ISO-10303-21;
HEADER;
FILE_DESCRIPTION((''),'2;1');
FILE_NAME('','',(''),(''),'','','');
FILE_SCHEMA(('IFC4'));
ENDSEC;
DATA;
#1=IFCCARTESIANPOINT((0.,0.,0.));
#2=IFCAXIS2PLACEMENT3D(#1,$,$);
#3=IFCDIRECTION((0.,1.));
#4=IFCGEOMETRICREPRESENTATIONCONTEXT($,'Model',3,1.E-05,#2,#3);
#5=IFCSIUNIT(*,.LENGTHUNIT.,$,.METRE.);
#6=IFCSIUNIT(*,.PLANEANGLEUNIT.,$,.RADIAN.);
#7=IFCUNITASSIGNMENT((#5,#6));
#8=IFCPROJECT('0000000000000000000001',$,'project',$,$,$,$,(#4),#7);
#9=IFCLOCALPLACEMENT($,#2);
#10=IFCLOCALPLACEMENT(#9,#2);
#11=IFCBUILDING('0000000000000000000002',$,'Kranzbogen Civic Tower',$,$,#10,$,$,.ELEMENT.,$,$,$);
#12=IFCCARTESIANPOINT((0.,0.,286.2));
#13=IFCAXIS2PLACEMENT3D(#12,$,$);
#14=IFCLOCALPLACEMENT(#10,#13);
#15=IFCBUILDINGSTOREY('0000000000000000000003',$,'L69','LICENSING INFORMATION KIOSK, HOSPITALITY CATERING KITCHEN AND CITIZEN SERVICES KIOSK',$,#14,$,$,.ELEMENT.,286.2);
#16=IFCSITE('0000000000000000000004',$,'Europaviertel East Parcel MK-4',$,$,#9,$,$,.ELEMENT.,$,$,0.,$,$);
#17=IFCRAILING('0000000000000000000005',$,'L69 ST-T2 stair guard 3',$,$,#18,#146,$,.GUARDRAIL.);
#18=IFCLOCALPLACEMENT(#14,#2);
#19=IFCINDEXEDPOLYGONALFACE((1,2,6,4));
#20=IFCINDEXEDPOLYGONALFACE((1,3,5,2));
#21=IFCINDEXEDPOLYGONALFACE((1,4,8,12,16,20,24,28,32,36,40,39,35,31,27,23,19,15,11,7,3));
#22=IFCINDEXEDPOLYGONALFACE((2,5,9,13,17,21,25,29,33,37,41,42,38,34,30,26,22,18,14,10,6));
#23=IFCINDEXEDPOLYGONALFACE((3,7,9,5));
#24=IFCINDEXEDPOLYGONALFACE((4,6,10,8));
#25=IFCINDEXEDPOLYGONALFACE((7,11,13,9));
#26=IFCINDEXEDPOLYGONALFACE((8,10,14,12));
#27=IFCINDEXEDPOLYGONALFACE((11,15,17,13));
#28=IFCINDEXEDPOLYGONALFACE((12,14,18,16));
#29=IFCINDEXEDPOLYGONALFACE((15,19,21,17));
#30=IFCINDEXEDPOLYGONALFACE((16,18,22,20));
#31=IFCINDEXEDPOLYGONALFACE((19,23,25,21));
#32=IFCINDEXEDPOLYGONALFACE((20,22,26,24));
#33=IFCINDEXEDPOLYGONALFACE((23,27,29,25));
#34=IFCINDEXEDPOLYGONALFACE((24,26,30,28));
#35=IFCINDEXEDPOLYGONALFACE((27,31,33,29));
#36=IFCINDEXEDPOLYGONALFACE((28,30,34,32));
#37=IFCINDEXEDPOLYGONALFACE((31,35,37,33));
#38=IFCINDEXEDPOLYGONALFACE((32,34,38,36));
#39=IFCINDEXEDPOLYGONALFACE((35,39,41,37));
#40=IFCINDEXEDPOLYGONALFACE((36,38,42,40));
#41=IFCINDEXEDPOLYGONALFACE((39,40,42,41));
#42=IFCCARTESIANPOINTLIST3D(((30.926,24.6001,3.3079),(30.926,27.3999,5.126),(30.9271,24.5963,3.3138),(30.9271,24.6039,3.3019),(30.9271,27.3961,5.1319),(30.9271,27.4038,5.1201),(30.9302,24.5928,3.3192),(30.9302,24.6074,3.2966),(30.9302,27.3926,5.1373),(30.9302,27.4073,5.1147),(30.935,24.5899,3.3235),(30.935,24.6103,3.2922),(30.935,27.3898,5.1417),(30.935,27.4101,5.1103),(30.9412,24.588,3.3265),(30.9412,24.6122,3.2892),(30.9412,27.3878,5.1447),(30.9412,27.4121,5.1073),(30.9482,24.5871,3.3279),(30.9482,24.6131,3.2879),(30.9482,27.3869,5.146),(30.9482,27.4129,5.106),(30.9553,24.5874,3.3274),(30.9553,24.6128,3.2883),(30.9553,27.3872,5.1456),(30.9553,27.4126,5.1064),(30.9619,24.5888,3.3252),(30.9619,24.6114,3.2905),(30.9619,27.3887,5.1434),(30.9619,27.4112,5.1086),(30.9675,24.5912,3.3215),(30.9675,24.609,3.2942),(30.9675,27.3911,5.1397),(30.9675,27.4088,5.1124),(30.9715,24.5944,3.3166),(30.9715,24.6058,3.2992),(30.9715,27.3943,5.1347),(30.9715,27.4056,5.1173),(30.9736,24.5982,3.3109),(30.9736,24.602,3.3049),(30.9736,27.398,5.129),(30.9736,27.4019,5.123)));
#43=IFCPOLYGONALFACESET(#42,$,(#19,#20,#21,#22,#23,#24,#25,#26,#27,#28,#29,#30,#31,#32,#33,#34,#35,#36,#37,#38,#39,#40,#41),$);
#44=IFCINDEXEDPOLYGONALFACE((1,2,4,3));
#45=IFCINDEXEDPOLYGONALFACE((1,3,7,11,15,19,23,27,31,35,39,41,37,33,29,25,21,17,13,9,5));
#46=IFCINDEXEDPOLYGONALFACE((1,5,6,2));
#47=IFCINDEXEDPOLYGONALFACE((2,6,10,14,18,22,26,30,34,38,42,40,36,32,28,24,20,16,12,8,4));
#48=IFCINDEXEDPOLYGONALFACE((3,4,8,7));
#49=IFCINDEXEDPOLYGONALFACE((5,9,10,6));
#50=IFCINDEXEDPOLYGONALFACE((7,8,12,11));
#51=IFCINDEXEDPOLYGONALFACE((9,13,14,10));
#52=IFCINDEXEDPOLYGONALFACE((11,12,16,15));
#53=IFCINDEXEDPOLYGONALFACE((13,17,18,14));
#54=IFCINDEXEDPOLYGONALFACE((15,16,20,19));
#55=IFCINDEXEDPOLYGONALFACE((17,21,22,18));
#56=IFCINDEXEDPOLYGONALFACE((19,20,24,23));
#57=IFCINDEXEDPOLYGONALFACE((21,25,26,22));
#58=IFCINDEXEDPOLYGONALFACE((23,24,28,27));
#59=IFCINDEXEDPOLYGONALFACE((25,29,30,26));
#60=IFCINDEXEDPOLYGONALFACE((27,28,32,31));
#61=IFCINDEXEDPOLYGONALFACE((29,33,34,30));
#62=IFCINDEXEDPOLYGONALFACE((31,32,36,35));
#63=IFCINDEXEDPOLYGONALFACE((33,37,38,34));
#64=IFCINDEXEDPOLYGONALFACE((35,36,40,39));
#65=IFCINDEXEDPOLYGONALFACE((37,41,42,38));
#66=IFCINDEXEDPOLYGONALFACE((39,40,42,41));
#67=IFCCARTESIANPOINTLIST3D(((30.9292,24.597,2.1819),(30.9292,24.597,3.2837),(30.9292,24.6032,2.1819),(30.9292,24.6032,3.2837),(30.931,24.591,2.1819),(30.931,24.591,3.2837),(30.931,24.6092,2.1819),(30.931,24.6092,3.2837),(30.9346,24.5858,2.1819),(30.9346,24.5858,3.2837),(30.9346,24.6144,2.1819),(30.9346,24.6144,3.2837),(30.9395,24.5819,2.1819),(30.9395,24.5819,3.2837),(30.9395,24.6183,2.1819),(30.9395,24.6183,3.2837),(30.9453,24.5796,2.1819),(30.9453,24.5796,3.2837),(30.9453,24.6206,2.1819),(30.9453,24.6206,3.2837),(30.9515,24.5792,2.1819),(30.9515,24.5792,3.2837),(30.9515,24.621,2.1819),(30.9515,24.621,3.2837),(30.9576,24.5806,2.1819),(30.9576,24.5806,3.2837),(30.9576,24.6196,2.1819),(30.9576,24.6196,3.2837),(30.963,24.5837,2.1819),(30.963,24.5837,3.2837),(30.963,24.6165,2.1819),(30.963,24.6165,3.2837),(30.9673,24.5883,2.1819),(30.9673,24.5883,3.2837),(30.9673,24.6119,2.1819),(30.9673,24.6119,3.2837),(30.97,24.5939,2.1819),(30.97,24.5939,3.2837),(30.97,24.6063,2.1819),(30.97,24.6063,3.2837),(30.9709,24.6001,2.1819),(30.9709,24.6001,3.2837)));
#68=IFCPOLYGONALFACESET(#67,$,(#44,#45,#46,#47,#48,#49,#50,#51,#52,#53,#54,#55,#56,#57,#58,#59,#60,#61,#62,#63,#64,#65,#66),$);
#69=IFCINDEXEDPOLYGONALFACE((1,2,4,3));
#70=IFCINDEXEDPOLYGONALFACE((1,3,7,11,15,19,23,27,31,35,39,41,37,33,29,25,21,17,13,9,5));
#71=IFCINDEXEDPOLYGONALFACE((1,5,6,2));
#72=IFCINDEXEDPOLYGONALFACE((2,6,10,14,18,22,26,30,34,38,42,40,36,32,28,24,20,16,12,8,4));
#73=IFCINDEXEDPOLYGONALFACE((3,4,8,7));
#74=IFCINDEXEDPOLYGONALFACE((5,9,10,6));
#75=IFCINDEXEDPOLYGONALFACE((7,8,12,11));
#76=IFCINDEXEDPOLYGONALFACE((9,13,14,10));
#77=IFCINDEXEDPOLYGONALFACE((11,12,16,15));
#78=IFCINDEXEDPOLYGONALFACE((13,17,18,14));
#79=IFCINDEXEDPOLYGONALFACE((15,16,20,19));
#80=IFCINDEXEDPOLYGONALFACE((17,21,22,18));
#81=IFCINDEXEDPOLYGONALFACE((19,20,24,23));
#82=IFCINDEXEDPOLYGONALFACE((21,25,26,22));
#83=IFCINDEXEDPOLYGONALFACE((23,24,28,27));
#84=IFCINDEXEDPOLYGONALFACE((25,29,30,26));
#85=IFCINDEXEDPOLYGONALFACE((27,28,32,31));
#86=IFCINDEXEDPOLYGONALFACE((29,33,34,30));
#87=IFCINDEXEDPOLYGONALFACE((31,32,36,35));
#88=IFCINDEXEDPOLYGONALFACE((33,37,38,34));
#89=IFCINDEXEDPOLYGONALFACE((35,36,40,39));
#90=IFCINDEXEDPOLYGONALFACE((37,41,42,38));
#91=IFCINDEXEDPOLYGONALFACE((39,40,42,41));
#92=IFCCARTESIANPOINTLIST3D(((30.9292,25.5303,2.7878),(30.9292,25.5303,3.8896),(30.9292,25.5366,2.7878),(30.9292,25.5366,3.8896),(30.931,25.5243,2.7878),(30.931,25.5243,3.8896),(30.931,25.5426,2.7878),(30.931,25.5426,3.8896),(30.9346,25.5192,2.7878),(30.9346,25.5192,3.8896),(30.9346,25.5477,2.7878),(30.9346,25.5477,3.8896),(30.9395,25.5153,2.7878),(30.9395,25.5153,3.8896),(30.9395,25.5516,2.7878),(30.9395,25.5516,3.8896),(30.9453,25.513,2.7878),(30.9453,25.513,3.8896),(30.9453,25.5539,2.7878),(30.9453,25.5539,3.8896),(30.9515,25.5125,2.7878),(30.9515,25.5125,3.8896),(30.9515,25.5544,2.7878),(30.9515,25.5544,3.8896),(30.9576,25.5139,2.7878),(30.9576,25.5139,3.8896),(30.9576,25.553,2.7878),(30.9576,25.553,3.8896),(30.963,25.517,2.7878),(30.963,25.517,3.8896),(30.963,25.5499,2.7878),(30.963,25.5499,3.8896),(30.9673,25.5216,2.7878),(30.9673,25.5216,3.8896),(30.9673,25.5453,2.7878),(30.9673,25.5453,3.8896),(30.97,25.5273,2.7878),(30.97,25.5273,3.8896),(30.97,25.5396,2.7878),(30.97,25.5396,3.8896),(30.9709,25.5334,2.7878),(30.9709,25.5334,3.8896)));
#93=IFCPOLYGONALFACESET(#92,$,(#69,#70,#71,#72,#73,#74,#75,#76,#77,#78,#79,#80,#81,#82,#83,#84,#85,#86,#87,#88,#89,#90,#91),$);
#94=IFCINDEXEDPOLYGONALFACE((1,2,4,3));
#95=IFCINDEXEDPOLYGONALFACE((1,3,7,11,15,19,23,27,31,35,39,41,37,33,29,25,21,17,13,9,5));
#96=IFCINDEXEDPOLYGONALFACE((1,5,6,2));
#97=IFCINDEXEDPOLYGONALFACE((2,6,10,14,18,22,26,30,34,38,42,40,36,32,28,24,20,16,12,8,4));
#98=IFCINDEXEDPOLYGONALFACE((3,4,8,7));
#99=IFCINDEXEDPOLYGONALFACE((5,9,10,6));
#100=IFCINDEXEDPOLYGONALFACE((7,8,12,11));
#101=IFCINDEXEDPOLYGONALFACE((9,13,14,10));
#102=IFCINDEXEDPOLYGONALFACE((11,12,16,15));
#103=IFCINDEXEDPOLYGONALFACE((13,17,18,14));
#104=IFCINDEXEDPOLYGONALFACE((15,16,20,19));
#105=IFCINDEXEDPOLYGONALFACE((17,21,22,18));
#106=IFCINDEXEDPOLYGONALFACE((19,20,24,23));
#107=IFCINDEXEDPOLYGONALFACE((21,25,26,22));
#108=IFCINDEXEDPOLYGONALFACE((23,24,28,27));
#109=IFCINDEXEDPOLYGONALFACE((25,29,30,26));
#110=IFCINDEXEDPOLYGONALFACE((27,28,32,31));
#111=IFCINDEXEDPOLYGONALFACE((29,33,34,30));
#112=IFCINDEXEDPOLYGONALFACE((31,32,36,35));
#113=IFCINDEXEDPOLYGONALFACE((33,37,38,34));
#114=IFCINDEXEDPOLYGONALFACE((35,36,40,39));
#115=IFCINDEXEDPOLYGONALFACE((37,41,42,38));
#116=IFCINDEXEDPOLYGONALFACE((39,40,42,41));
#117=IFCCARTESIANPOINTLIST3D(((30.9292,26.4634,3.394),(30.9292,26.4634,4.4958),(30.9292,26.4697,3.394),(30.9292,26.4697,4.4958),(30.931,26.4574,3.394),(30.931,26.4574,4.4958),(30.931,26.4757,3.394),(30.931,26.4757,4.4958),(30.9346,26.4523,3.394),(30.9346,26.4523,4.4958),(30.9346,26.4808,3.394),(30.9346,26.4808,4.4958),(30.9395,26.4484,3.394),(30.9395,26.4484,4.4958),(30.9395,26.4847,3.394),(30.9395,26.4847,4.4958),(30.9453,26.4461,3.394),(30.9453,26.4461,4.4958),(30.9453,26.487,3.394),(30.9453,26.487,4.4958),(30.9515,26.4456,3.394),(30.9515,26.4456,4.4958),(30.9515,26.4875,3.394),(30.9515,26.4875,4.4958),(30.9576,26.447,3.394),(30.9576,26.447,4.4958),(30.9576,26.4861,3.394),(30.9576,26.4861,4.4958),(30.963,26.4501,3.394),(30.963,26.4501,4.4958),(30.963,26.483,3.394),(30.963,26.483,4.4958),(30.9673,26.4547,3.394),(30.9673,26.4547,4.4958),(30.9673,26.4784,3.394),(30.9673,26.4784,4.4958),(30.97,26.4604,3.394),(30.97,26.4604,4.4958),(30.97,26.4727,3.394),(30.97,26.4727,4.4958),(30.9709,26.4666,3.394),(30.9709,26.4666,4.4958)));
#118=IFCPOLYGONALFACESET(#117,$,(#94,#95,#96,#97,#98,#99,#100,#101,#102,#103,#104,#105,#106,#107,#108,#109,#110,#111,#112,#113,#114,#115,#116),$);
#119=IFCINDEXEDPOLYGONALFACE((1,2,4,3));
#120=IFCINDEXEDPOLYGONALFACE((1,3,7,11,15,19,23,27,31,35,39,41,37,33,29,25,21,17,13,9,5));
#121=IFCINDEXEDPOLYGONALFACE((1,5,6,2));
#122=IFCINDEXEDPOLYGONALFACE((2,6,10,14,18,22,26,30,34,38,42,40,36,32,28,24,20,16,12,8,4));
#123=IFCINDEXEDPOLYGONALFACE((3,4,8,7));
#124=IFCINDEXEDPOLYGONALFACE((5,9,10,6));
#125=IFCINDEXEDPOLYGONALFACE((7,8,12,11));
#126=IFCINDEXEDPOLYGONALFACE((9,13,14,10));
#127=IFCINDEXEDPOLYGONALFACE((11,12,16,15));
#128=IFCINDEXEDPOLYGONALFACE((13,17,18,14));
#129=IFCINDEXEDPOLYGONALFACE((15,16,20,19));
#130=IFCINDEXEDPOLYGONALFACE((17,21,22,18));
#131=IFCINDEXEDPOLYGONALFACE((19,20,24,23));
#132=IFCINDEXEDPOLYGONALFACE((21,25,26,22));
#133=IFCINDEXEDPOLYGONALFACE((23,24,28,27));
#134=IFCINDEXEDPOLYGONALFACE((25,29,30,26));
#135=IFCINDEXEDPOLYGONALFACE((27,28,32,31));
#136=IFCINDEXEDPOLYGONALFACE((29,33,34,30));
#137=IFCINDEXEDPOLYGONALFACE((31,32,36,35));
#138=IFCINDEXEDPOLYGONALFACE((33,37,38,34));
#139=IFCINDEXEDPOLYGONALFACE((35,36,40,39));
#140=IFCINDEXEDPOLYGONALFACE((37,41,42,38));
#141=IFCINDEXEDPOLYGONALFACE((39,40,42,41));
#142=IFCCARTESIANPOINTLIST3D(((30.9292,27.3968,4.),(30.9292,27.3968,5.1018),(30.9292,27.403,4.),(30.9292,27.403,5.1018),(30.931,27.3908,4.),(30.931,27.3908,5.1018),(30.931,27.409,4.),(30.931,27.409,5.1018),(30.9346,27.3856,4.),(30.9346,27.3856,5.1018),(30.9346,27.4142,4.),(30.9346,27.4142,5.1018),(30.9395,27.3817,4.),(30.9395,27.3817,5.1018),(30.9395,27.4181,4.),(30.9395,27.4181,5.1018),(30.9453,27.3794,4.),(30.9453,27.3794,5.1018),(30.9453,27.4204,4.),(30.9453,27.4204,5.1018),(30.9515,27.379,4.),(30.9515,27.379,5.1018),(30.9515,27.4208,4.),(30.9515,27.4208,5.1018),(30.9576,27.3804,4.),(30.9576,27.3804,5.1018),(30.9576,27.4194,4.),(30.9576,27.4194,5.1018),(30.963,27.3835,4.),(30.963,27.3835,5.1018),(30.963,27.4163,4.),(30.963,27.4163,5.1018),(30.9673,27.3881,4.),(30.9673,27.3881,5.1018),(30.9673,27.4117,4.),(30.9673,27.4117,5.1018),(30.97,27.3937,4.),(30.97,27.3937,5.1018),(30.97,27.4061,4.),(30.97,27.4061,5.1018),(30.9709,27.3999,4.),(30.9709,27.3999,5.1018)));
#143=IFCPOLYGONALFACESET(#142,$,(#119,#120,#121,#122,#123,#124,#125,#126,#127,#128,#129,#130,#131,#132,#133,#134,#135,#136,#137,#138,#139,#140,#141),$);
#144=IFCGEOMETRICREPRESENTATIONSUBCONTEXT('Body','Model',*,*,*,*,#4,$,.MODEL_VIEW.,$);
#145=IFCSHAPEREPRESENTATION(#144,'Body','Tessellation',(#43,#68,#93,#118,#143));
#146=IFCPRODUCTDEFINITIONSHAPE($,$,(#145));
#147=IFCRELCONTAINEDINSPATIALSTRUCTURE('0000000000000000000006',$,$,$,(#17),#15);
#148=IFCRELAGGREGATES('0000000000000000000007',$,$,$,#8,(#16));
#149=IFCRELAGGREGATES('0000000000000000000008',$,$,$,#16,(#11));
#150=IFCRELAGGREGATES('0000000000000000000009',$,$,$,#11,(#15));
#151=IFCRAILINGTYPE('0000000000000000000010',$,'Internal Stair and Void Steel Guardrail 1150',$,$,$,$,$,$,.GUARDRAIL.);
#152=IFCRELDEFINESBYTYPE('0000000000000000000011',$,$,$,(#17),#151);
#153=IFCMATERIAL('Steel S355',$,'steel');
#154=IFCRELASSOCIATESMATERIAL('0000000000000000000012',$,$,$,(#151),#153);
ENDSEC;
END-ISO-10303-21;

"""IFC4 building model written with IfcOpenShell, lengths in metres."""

from ifc_helpers import new_model, si_unit, direction, frame, origin, origin_2d, place, context, subcontext, project, spatial, circle, extrude, material, type_object, element, save


model = new_model("IFC4")

# Units and contexts
model_context = context("Model", 3, precision=1e-05, world=origin(), true_north=direction((0.0, 1.0)))
body_context = subcontext(model_context, "Body", "Model", "MODEL_VIEW")
ifc_project = project(units=[si_unit("LENGTHUNIT", "METRE"), si_unit("PLANEANGLEUNIT", "RADIAN")], contexts=[model_context])

# Site, building, storey
site_placement = place(None, origin())
site = spatial("IfcSite", under=ifc_project, at=site_placement, Name="Europaviertel East Parcel MK-4", CompositionType="ELEMENT", RefElevation=0.0)
building_placement = place(site_placement, origin())
building = spatial("IfcBuilding", under=site, at=building_placement, Name="Kranzbogen Civic Tower", CompositionType="ELEMENT")
storey_placement = place(building_placement, frame((0.0, 0.0, 286.2)))
storey = spatial("IfcBuildingStorey", under=building, at=storey_placement, Name="L69", Description="LICENSING INFORMATION KIOSK, HOSPITALITY CATERING KITCHEN AND CITIZEN SERVICES KIOSK", CompositionType="ELEMENT", Elevation=286.2)

# Shared definitions
ifc_material_1 = material(Name="Steel S355", Category="steel")

# Railing
railing_type_1 = type_object("IfcRailingType", Name="Internal Stair and Void Steel Guardrail 1150", PredefinedType="GUARDRAIL", material=ifc_material_1)
railing_1_placement = place(storey_placement, frame((30.95, 24.6001, 2.1819)))
element("IfcRailing", 1, at=railing_1_placement, inside=storey, type_object=railing_type_1, Name="L69 ST-T2 stair guard 3", PredefinedType="GUARDRAIL", context=body_context, shape_type="SweptSolid", body=[
    extrude(circle(Radius=0.0239, at=origin_2d()), frame((0.0, 0.0, 1.126), z_axis=(0.0, 0.838684, 0.544618), x_axis=(-1.0, 0.0, 0.0)), (0.0, 0.0, 1.0), 3.3384),
    extrude(circle(Radius=0.021, at=origin_2d()), origin(), (0.0, 0.0, 1.0), 1.1018),
    extrude(circle(Radius=0.021, at=origin_2d()), frame((0.0, 0.9333, 0.606)), (0.0, 0.0, 1.0), 1.1018),
    extrude(circle(Radius=0.021, at=origin_2d()), frame((0.0, 1.8665, 1.2122)), (0.0, 0.0, 1.0), 1.1018),
    extrude(circle(Radius=0.021, at=origin_2d()), frame((0.0, 2.7998, 1.8181)), (0.0, 0.0, 1.0), 1.1018),
])

save(model, "model.ifc")
